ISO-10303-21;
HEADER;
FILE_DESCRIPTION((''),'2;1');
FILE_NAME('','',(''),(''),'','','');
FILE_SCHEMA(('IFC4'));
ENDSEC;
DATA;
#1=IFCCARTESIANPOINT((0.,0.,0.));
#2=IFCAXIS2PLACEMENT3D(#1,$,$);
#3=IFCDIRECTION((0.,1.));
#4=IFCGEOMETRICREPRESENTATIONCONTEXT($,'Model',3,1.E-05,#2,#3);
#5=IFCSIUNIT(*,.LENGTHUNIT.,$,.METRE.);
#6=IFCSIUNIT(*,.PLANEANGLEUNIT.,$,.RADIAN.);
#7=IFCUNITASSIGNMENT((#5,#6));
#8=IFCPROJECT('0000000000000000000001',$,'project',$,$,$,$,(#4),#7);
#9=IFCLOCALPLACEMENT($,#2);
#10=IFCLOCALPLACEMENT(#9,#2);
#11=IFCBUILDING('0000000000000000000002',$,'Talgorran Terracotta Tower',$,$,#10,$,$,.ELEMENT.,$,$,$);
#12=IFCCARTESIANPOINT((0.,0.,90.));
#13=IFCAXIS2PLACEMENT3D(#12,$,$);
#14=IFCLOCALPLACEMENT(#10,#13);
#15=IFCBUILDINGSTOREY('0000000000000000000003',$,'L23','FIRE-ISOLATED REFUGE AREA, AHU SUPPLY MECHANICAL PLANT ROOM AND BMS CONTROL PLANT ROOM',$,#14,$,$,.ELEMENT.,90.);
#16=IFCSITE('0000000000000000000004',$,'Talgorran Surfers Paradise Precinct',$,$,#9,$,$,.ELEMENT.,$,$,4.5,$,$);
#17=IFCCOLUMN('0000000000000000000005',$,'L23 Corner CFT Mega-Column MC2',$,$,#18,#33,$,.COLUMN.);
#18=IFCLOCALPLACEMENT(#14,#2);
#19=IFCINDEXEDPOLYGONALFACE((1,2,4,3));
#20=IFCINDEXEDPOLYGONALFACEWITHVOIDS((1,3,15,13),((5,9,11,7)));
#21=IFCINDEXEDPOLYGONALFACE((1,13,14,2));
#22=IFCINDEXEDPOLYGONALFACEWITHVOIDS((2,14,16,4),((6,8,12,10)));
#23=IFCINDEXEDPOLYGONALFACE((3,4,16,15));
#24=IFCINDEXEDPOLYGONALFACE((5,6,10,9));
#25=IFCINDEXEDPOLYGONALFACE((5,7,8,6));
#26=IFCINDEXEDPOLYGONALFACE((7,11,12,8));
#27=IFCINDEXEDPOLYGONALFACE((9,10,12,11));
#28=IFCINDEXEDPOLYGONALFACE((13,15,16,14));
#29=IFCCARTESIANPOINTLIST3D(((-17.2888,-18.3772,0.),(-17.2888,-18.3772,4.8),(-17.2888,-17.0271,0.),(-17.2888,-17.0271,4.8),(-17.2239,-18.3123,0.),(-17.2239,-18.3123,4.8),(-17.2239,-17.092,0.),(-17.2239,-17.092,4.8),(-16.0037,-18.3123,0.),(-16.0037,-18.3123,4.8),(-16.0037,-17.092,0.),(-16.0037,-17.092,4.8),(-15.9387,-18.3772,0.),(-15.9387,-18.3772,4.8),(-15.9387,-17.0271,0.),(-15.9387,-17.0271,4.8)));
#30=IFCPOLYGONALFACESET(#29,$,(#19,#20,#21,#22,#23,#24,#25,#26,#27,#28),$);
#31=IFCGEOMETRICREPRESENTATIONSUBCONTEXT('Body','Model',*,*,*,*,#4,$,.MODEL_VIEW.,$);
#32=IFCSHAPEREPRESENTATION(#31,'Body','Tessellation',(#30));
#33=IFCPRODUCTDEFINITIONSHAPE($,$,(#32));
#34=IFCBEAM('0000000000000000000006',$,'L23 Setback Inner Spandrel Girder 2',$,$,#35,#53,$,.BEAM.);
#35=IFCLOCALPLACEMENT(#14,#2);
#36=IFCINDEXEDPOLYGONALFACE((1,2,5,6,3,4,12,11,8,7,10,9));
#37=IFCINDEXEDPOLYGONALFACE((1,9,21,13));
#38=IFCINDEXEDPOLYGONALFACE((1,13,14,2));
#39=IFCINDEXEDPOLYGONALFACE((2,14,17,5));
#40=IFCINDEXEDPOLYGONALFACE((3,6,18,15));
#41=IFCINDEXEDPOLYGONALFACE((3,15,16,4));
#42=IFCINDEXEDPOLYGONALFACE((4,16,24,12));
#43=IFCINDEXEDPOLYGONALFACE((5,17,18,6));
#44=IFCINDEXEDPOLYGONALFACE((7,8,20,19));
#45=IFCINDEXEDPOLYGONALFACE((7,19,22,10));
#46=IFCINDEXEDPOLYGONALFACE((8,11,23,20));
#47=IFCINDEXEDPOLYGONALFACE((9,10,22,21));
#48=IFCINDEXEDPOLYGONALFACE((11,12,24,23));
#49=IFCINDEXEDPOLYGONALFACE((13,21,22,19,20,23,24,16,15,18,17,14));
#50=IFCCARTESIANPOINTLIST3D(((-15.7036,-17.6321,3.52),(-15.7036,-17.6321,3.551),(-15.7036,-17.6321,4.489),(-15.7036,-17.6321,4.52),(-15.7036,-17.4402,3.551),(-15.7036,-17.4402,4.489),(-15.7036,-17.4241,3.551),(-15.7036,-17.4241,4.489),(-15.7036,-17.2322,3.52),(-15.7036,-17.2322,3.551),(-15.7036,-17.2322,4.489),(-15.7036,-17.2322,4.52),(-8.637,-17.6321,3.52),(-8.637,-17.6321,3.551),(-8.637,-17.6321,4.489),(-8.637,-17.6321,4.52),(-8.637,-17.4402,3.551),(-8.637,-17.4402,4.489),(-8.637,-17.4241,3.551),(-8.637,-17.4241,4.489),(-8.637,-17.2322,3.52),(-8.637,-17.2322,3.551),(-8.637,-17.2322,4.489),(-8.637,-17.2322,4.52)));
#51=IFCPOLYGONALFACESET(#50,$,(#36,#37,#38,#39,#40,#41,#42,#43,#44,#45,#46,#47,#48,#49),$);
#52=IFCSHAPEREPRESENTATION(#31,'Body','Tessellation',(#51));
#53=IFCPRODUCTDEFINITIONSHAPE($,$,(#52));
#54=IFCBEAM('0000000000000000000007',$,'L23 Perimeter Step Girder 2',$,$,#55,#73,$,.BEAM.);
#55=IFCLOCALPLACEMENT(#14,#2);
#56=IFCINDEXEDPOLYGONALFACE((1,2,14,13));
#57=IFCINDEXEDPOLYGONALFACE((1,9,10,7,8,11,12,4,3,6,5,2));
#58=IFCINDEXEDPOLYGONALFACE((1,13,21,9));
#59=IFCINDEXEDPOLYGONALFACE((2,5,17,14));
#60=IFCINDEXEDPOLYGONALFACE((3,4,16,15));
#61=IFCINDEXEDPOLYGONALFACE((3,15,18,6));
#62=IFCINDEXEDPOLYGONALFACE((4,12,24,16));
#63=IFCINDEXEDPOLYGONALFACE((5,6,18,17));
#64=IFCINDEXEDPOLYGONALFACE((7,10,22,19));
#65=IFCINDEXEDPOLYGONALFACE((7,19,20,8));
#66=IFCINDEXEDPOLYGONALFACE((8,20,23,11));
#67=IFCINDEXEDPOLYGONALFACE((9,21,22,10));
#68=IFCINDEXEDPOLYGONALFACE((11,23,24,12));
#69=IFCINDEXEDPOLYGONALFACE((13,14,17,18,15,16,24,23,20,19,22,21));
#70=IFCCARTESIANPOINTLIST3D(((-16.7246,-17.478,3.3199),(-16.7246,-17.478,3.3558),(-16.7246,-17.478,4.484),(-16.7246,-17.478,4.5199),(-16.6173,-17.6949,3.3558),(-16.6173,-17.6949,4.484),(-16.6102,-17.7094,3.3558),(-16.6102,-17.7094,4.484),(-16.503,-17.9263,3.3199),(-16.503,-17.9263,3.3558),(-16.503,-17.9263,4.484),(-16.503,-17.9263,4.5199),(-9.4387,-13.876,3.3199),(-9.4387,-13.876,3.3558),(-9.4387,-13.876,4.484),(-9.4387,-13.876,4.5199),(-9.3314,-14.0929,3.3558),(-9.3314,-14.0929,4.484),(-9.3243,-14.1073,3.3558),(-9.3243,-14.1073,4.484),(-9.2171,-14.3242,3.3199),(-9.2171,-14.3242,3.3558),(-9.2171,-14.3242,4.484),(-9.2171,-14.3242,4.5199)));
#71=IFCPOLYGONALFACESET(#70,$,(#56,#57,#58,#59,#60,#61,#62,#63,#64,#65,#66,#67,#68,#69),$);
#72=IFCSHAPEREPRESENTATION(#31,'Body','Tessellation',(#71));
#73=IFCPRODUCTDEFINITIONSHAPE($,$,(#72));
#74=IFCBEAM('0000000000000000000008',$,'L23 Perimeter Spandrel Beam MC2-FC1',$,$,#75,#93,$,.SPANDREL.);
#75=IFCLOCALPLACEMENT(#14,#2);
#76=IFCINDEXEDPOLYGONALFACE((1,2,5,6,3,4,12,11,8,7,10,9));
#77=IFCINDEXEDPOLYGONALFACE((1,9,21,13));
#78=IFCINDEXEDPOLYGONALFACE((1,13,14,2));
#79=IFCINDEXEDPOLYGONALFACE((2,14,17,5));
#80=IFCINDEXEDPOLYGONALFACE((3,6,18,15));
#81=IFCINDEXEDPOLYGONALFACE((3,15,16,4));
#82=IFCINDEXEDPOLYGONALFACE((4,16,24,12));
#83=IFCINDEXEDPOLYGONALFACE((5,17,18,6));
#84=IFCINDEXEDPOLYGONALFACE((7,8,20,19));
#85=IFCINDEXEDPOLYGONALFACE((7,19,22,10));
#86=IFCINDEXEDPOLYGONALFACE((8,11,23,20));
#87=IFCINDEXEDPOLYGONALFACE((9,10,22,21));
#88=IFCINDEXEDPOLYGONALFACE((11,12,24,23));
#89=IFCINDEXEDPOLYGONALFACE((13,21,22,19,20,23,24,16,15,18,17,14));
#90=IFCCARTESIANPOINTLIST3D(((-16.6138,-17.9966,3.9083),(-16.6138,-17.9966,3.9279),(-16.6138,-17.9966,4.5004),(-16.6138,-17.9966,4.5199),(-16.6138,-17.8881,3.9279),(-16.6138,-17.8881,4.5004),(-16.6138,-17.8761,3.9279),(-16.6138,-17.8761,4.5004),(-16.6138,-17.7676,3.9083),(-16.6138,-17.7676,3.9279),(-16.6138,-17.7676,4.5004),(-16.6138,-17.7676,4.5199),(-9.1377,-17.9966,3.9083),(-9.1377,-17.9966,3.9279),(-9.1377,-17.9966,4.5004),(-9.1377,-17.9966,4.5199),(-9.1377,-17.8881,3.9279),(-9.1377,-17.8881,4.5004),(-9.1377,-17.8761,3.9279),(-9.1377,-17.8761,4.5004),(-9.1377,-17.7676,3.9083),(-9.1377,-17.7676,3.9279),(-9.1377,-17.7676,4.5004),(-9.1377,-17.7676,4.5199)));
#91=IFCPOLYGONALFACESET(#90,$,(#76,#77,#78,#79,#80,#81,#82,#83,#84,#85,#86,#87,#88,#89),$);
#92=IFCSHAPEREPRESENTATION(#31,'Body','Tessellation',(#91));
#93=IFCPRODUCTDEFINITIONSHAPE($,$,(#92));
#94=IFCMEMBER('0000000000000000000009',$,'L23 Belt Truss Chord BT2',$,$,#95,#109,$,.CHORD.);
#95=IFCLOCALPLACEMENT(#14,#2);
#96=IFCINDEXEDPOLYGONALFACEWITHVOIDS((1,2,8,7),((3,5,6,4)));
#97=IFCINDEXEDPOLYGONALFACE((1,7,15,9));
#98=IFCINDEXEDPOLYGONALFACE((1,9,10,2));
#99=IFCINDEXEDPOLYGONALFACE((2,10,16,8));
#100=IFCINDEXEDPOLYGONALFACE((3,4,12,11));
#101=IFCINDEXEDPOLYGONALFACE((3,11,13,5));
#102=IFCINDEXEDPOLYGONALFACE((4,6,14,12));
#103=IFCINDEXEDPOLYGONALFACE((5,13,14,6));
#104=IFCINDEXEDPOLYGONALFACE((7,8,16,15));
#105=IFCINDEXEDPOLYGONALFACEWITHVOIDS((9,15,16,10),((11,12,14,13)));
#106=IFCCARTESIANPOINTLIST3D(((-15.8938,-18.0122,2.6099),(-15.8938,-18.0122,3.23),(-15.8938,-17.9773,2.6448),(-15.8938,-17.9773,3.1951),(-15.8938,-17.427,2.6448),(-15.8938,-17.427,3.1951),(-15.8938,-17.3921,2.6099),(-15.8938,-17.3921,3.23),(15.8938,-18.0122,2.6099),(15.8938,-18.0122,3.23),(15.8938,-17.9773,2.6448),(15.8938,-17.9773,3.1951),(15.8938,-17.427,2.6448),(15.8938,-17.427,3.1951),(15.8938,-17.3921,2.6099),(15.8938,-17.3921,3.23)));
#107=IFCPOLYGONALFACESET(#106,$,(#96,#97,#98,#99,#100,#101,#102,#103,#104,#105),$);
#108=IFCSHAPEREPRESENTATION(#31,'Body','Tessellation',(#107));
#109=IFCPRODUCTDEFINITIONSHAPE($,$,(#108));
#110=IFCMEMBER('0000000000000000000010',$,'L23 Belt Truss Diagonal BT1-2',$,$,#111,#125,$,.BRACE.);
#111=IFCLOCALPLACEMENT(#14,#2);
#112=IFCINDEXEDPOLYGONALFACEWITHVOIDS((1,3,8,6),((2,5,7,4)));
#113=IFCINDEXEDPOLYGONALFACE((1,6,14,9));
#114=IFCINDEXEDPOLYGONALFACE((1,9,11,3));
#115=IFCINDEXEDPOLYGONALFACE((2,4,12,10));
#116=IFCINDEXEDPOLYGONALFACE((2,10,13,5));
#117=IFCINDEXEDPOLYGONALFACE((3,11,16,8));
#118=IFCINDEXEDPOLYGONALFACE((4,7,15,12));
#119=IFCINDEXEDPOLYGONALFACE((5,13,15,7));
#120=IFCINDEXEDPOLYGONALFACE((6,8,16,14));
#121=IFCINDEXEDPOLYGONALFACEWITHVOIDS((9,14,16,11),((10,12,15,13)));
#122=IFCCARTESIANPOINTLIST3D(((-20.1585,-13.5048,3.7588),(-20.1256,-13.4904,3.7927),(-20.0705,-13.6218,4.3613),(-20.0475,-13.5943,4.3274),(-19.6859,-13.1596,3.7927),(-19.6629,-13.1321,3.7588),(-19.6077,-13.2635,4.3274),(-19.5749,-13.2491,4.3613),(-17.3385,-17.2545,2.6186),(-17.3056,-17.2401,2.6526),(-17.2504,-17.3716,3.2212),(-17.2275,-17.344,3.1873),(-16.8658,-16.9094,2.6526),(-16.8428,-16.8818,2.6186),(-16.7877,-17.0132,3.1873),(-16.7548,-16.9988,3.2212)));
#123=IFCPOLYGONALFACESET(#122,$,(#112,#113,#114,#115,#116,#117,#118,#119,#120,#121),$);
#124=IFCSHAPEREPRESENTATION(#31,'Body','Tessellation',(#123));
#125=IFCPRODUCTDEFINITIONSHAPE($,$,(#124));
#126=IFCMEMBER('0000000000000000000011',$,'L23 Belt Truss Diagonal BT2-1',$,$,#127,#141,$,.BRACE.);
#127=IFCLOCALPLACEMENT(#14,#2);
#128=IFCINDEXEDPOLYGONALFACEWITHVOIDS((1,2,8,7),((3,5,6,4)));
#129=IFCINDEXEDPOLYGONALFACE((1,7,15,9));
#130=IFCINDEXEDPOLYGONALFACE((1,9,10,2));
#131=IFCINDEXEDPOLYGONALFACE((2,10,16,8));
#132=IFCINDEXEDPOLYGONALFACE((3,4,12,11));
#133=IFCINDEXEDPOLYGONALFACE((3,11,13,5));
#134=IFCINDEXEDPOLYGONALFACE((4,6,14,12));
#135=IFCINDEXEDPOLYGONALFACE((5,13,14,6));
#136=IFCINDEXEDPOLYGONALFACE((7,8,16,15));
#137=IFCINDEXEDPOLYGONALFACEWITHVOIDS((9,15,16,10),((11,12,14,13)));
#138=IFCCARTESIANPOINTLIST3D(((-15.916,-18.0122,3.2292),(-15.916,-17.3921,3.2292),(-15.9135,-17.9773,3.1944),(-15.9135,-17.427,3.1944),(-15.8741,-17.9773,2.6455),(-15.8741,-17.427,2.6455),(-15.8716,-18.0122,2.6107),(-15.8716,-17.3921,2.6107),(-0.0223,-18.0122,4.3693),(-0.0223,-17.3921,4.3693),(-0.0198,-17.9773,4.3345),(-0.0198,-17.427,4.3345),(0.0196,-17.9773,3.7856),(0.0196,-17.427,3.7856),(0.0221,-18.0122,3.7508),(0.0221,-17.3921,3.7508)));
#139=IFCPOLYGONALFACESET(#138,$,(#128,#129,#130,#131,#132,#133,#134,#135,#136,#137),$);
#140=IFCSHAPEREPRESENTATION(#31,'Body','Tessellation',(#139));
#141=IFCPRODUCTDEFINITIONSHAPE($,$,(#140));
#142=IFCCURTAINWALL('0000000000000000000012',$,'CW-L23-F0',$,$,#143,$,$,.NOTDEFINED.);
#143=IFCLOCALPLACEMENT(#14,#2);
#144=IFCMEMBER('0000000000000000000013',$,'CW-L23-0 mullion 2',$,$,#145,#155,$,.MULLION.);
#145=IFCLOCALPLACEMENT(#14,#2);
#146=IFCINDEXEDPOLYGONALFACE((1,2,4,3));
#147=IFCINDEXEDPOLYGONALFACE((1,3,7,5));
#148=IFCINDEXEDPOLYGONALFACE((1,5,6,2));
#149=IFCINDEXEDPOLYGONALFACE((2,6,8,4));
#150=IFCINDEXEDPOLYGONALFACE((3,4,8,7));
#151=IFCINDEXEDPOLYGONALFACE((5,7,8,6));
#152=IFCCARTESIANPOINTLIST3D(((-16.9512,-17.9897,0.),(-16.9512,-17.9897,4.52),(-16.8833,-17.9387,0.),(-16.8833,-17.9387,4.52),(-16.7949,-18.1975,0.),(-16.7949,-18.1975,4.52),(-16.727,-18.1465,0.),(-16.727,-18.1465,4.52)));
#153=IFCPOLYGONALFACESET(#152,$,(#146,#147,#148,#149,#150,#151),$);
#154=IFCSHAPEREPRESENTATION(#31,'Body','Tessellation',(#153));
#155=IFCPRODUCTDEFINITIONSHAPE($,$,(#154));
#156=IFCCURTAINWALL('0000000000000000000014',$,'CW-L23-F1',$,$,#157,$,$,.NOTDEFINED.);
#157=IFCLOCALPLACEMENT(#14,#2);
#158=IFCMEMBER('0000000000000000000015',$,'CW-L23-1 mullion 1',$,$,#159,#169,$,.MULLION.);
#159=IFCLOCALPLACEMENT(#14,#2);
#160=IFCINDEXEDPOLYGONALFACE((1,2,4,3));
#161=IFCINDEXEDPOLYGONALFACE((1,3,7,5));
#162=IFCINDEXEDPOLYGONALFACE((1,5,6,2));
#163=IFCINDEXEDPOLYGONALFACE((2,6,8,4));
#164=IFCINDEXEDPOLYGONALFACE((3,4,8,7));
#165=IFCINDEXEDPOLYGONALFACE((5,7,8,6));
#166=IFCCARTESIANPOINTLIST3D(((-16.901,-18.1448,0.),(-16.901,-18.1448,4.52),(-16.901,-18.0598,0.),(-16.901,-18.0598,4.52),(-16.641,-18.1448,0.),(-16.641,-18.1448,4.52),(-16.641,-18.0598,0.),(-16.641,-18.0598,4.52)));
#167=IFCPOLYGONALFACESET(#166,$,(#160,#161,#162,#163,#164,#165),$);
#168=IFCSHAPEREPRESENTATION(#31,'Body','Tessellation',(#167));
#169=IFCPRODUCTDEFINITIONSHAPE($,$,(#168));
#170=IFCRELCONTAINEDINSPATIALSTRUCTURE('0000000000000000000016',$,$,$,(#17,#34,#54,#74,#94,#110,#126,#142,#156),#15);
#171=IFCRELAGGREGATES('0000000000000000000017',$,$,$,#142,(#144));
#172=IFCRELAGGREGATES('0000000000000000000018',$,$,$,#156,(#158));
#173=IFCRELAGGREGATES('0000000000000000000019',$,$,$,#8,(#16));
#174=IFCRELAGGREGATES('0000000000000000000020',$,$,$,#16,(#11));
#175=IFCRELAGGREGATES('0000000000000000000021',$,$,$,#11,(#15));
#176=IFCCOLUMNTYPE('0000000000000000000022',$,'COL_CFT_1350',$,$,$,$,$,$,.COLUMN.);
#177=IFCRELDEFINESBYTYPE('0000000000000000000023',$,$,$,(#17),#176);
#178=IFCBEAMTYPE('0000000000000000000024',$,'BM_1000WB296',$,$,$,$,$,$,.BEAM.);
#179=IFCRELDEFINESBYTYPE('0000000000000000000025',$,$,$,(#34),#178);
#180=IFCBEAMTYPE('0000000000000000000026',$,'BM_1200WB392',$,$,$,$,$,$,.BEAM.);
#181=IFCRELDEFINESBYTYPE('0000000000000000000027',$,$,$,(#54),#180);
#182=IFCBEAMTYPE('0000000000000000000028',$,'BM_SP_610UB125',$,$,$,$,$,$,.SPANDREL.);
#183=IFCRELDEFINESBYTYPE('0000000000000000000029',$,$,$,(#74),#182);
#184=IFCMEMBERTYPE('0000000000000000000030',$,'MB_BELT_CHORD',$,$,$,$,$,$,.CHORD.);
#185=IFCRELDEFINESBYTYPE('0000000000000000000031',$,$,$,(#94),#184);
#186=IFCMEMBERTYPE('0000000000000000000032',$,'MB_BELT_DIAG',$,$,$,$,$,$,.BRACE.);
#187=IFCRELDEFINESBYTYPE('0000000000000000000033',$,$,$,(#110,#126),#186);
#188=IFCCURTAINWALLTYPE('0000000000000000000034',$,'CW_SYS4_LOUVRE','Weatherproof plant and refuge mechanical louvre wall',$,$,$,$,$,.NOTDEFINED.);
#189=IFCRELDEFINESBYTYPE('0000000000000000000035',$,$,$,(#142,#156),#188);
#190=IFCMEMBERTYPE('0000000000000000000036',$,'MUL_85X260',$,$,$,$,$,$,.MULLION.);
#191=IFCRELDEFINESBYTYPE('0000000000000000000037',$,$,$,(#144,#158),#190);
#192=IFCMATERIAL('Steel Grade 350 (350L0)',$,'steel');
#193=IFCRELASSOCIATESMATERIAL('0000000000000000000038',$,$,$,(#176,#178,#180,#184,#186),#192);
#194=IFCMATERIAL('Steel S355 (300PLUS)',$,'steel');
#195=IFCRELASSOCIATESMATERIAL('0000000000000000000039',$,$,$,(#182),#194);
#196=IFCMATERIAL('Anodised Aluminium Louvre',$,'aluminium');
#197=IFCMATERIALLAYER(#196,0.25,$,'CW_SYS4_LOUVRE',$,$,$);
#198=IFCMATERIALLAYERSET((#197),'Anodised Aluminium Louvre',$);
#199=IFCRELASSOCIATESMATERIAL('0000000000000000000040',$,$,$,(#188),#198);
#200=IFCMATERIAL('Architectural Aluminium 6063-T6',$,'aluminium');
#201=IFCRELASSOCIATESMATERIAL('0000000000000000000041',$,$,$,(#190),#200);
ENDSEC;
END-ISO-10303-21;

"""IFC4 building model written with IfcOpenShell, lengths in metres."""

from ifc_helpers import new_model, si_unit, direction, frame, origin, origin_2d, place, context, subcontext, project, spatial, rectangle, hollow_rectangle, i_section, extrude, material, layer, layer_set, material_profile, profile_set, type_object, element, aggregate, save


model = new_model("IFC4")

# Units and contexts
model_context = context("Model", 3, precision=1e-05, world=origin(), true_north=direction((0.0, 1.0)))
body_context = subcontext(model_context, "Body", "Model", "MODEL_VIEW")
ifc_project = project(units=[si_unit("LENGTHUNIT", "METRE"), si_unit("PLANEANGLEUNIT", "RADIAN")], contexts=[model_context])

# Site, building, storey
site_placement = place(None, origin())
site = spatial("IfcSite", under=ifc_project, at=site_placement, Name="Talgorran Surfers Paradise Precinct", CompositionType="ELEMENT", RefElevation=4.5)
building_placement = place(site_placement, origin())
building = spatial("IfcBuilding", under=site, at=building_placement, Name="Talgorran Terracotta Tower", CompositionType="ELEMENT")
storey_placement = place(building_placement, frame((0.0, 0.0, 90.0)))
storey = spatial("IfcBuildingStorey", under=building, at=storey_placement, Name="L23", Description="FIRE-ISOLATED REFUGE AREA, AHU SUPPLY MECHANICAL PLANT ROOM AND BMS CONTROL PLANT ROOM", CompositionType="ELEMENT", Elevation=90.0)

# Column
ifc_material_1 = material(Name="Steel Grade 350 (350L0)", Category="steel")
ifc_material_profile_1 = material_profile(ifc_material_1, hollow_rectangle(XDim=1.3501, YDim=1.3501, WallThickness=0.0649, at=origin_2d()), Name="CFT1350X1350X65")
ifc_profile_set_1 = profile_set([ifc_material_profile_1], Name="Steel Grade 350 (350L0)")
column_type = type_object("IfcColumnType", Name="COL_CFT_1350", PredefinedType="COLUMN", material=ifc_profile_set_1)
column_placement = place(storey_placement, frame((-16.6138, -17.7021, 0.0), z_axis=(0.0, 0.0, 1.0), x_axis=(1.0, 0.0, 0.0)))
element("IfcColumn", 1, at=column_placement, inside=storey, type_object=column_type, Name="L23 Corner CFT Mega-Column MC2", PredefinedType="COLUMN", context=body_context, shape_type="SweptSolid", body=[
    extrude(hollow_rectangle(XDim=1.3501, YDim=1.3501, WallThickness=0.0649, at=origin_2d()), origin(), (0.0, 0.0, 1.0), 4.8),
])

# Beams
ifc_material_profile_2 = material_profile(ifc_material_1, i_section(OverallWidth=0.3999, OverallDepth=1.0, WebThickness=0.0161, FlangeThickness=0.031, at=origin_2d()), Name="1000WB296")
ifc_profile_set_2 = profile_set([ifc_material_profile_2], Name="Steel Grade 350 (350L0)")
beam_type_1 = type_object("IfcBeamType", Name="BM_1000WB296", PredefinedType="BEAM", material=ifc_profile_set_2)
beam_1_placement = place(storey_placement, frame((-15.7036, -17.4321, 4.02), z_axis=(1.0, 0.0, 0.0), x_axis=(0.0, 1.0, 0.0)))
element("IfcBeam", 2, at=beam_1_placement, inside=storey, type_object=beam_type_1, Name="L23 Setback Inner Spandrel Girder 2", PredefinedType="BEAM", context=body_context, shape_type="SweptSolid", body=[
    extrude(i_section(OverallWidth=0.3999, OverallDepth=1.0, WebThickness=0.0161, FlangeThickness=0.031, at=origin_2d()), origin(), (0.0, 0.0, 1.0), 7.0667),
])
ifc_material_profile_3 = material_profile(ifc_material_1, i_section(OverallWidth=0.5, OverallDepth=1.2, WebThickness=0.0161, FlangeThickness=0.0359, at=origin_2d()), Name="1200WB392")
ifc_profile_set_3 = profile_set([ifc_material_profile_3], Name="Steel Grade 350 (350L0)")
beam_type_2 = type_object("IfcBeamType", Name="BM_1200WB392", PredefinedType="BEAM", material=ifc_profile_set_3)
beam_2_placement = place(storey_placement, frame((-16.6138, -17.7021, 3.9199), z_axis=(0.896431, 0.443184, 0.0), x_axis=(-0.443184, 0.896431, 0.0)))
element("IfcBeam", 3, at=beam_2_placement, inside=storey, type_object=beam_type_2, Name="L23 Perimeter Step Girder 2", PredefinedType="BEAM", context=body_context, shape_type="SweptSolid", body=[
    extrude(i_section(OverallWidth=0.5, OverallDepth=1.2, WebThickness=0.0161, FlangeThickness=0.0359, at=origin_2d()), origin(), (0.0, 0.0, 1.0), 8.1277),
])
ifc_material_2 = material(Name="Steel S355 (300PLUS)", Category="steel")
ifc_material_profile_4 = material_profile(ifc_material_2, i_section(OverallWidth=0.229, OverallDepth=0.6116, WebThickness=0.012, FlangeThickness=0.0195, at=origin_2d()), Name="610UB125")
ifc_profile_set_4 = profile_set([ifc_material_profile_4], Name="Steel S355 (300PLUS)")
beam_type_3 = type_object("IfcBeamType", Name="BM_SP_610UB125", PredefinedType="SPANDREL", material=ifc_profile_set_4)
beam_3_placement = place(storey_placement, frame((-16.6138, -17.8821, 4.2141), z_axis=(1.0, 0.0, 0.0), x_axis=(0.0, 1.0, 0.0)))
element("IfcBeam", 4, at=beam_3_placement, inside=storey, type_object=beam_type_3, Name="L23 Perimeter Spandrel Beam MC2-FC1", PredefinedType="SPANDREL", context=body_context, shape_type="SweptSolid", body=[
    extrude(i_section(OverallWidth=0.229, OverallDepth=0.6116, WebThickness=0.012, FlangeThickness=0.0195, at=origin_2d()), origin(), (0.0, 0.0, 1.0), 7.4761),
])

# Members
ifc_material_profile_5 = material_profile(ifc_material_1, hollow_rectangle(XDim=0.6201, YDim=0.6201, WallThickness=0.0349, at=origin_2d()), Name="WBOX620X620X35")
ifc_profile_set_5 = profile_set([ifc_material_profile_5], Name="Steel Grade 350 (350L0)")
member_type_1 = type_object("IfcMemberType", Name="MB_BELT_CHORD", PredefinedType="CHORD", material=ifc_profile_set_5)
member_1_placement = place(storey_placement, frame((-15.8938, -17.7021, 2.9199), z_axis=(1.0, 0.0, 0.0), x_axis=(0.0, 1.0, 0.0)))
element("IfcMember", 5, at=member_1_placement, inside=storey, type_object=member_type_1, Name="L23 Belt Truss Chord BT2", PredefinedType="CHORD", context=body_context, shape_type="SweptSolid", body=[
    extrude(hollow_rectangle(XDim=0.6201, YDim=0.6201, WallThickness=0.0349, at=origin_2d()), origin(), (0.0, 0.0, 1.0), 31.7876),
])
ifc_material_profile_6 = material_profile(ifc_material_1, hollow_rectangle(XDim=0.6201, YDim=0.6201, WallThickness=0.0349, at=origin_2d()), Name="WBOX620X620X35")
ifc_profile_set_6 = profile_set([ifc_material_profile_6], Name="Steel Grade 350 (350L0)")
member_type_2 = type_object("IfcMemberType", Name="MB_BELT_DIAG", PredefinedType="BRACE", material=ifc_profile_set_6)
member_2_placement = place(storey_placement, frame((-19.8667, -13.377, 4.0601), z_axis=(0.58406, -0.776606, -0.236132), x_axis=(0.799206, 0.601057, 0.0)))
element("IfcMember", 6, at=member_2_placement, inside=storey, type_object=member_type_2, Name="L23 Belt Truss Diagonal BT1-2", PredefinedType="BRACE", context=body_context, shape_type="SweptSolid", body=[
    extrude(hollow_rectangle(XDim=0.6201, YDim=0.6201, WallThickness=0.0349, at=origin_2d()), origin(), (0.0, 0.0, 1.0), 4.8284),
])
member_3_placement = place(storey_placement, frame((-15.8938, -17.7021, 2.9199), z_axis=(0.997437, 0.0, 0.071551), x_axis=(0.0, 1.0, 0.0)))
element("IfcMember", 7, at=member_3_placement, inside=storey, type_object=member_type_2, Name="L23 Belt Truss Diagonal BT2-1", PredefinedType="BRACE", context=body_context, shape_type="SweptSolid", body=[
    extrude(hollow_rectangle(XDim=0.6201, YDim=0.6201, WallThickness=0.0349, at=origin_2d()), origin(), (0.0, 0.0, 1.0), 15.9346),
])

# Curtain wall, member
ifc_material_3 = material(Name="Anodised Aluminium Louvre", Category="aluminium")
ifc_layer_1 = layer(ifc_material_3, 0.25, Name="CW_SYS4_LOUVRE")
ifc_layer_set_1 = layer_set([ifc_layer_1], Name="Anodised Aluminium Louvre")
curtain_wall_type = type_object("IfcCurtainWallType", Name="CW_SYS4_LOUVRE", Description="Weatherproof plant and refuge mechanical louvre wall", PredefinedType="NOTDEFINED", material=ifc_layer_set_1)
curtain_wall_1_placement = place(storey_placement, origin())
curtain_wall_1 = element("IfcCurtainWall", 8, at=curtain_wall_1_placement, inside=storey, type_object=curtain_wall_type, Name="CW-L23-F0", PredefinedType="NOTDEFINED")
ifc_material_4 = material(Name="Architectural Aluminium 6063-T6", Category="aluminium")
ifc_material_profile_7 = material_profile(ifc_material_4, rectangle(XDim=0.085, YDim=0.26, at=origin_2d()), Name="CWM85X260")
ifc_profile_set_7 = profile_set([ifc_material_profile_7], Name="Architectural Aluminium 6063-T6")
member_type_3 = type_object("IfcMemberType", Name="MUL_85X260", PredefinedType="MULLION", material=ifc_profile_set_7)
member_4_placement = place(storey_placement, frame((-16.8391, -18.0681, 0.0), z_axis=(0.0, 0.0, 1.0), x_axis=(0.79921, 0.601052, 0.0)))
member_4 = element("IfcMember", 9, at=member_4_placement, type_object=member_type_3, Name="CW-L23-0 mullion 2", PredefinedType="MULLION", context=body_context, shape_type="SweptSolid", body=[
    extrude(rectangle(XDim=0.085, YDim=0.26, at=origin_2d()), origin(), (0.0, 0.0, 1.0), 4.52),
])

# Curtain wall, member
curtain_wall_2_placement = place(storey_placement, origin())
curtain_wall_2 = element("IfcCurtainWall", 10, at=curtain_wall_2_placement, inside=storey, type_object=curtain_wall_type, Name="CW-L23-F1", PredefinedType="NOTDEFINED")
member_5_placement = place(storey_placement, frame((-16.771, -18.1023, 0.0), z_axis=(0.0, 0.0, 1.0), x_axis=(0.0, 1.0, 0.0)))
member_5 = element("IfcMember", 11, at=member_5_placement, type_object=member_type_3, Name="CW-L23-1 mullion 1", PredefinedType="MULLION", context=body_context, shape_type="SweptSolid", body=[
    extrude(rectangle(XDim=0.085, YDim=0.26, at=origin_2d()), origin(), (0.0, 0.0, 1.0), 4.52),
])

aggregate(curtain_wall_1, [member_4])
aggregate(curtain_wall_2, [member_5])

save(model, "model.ifc")
